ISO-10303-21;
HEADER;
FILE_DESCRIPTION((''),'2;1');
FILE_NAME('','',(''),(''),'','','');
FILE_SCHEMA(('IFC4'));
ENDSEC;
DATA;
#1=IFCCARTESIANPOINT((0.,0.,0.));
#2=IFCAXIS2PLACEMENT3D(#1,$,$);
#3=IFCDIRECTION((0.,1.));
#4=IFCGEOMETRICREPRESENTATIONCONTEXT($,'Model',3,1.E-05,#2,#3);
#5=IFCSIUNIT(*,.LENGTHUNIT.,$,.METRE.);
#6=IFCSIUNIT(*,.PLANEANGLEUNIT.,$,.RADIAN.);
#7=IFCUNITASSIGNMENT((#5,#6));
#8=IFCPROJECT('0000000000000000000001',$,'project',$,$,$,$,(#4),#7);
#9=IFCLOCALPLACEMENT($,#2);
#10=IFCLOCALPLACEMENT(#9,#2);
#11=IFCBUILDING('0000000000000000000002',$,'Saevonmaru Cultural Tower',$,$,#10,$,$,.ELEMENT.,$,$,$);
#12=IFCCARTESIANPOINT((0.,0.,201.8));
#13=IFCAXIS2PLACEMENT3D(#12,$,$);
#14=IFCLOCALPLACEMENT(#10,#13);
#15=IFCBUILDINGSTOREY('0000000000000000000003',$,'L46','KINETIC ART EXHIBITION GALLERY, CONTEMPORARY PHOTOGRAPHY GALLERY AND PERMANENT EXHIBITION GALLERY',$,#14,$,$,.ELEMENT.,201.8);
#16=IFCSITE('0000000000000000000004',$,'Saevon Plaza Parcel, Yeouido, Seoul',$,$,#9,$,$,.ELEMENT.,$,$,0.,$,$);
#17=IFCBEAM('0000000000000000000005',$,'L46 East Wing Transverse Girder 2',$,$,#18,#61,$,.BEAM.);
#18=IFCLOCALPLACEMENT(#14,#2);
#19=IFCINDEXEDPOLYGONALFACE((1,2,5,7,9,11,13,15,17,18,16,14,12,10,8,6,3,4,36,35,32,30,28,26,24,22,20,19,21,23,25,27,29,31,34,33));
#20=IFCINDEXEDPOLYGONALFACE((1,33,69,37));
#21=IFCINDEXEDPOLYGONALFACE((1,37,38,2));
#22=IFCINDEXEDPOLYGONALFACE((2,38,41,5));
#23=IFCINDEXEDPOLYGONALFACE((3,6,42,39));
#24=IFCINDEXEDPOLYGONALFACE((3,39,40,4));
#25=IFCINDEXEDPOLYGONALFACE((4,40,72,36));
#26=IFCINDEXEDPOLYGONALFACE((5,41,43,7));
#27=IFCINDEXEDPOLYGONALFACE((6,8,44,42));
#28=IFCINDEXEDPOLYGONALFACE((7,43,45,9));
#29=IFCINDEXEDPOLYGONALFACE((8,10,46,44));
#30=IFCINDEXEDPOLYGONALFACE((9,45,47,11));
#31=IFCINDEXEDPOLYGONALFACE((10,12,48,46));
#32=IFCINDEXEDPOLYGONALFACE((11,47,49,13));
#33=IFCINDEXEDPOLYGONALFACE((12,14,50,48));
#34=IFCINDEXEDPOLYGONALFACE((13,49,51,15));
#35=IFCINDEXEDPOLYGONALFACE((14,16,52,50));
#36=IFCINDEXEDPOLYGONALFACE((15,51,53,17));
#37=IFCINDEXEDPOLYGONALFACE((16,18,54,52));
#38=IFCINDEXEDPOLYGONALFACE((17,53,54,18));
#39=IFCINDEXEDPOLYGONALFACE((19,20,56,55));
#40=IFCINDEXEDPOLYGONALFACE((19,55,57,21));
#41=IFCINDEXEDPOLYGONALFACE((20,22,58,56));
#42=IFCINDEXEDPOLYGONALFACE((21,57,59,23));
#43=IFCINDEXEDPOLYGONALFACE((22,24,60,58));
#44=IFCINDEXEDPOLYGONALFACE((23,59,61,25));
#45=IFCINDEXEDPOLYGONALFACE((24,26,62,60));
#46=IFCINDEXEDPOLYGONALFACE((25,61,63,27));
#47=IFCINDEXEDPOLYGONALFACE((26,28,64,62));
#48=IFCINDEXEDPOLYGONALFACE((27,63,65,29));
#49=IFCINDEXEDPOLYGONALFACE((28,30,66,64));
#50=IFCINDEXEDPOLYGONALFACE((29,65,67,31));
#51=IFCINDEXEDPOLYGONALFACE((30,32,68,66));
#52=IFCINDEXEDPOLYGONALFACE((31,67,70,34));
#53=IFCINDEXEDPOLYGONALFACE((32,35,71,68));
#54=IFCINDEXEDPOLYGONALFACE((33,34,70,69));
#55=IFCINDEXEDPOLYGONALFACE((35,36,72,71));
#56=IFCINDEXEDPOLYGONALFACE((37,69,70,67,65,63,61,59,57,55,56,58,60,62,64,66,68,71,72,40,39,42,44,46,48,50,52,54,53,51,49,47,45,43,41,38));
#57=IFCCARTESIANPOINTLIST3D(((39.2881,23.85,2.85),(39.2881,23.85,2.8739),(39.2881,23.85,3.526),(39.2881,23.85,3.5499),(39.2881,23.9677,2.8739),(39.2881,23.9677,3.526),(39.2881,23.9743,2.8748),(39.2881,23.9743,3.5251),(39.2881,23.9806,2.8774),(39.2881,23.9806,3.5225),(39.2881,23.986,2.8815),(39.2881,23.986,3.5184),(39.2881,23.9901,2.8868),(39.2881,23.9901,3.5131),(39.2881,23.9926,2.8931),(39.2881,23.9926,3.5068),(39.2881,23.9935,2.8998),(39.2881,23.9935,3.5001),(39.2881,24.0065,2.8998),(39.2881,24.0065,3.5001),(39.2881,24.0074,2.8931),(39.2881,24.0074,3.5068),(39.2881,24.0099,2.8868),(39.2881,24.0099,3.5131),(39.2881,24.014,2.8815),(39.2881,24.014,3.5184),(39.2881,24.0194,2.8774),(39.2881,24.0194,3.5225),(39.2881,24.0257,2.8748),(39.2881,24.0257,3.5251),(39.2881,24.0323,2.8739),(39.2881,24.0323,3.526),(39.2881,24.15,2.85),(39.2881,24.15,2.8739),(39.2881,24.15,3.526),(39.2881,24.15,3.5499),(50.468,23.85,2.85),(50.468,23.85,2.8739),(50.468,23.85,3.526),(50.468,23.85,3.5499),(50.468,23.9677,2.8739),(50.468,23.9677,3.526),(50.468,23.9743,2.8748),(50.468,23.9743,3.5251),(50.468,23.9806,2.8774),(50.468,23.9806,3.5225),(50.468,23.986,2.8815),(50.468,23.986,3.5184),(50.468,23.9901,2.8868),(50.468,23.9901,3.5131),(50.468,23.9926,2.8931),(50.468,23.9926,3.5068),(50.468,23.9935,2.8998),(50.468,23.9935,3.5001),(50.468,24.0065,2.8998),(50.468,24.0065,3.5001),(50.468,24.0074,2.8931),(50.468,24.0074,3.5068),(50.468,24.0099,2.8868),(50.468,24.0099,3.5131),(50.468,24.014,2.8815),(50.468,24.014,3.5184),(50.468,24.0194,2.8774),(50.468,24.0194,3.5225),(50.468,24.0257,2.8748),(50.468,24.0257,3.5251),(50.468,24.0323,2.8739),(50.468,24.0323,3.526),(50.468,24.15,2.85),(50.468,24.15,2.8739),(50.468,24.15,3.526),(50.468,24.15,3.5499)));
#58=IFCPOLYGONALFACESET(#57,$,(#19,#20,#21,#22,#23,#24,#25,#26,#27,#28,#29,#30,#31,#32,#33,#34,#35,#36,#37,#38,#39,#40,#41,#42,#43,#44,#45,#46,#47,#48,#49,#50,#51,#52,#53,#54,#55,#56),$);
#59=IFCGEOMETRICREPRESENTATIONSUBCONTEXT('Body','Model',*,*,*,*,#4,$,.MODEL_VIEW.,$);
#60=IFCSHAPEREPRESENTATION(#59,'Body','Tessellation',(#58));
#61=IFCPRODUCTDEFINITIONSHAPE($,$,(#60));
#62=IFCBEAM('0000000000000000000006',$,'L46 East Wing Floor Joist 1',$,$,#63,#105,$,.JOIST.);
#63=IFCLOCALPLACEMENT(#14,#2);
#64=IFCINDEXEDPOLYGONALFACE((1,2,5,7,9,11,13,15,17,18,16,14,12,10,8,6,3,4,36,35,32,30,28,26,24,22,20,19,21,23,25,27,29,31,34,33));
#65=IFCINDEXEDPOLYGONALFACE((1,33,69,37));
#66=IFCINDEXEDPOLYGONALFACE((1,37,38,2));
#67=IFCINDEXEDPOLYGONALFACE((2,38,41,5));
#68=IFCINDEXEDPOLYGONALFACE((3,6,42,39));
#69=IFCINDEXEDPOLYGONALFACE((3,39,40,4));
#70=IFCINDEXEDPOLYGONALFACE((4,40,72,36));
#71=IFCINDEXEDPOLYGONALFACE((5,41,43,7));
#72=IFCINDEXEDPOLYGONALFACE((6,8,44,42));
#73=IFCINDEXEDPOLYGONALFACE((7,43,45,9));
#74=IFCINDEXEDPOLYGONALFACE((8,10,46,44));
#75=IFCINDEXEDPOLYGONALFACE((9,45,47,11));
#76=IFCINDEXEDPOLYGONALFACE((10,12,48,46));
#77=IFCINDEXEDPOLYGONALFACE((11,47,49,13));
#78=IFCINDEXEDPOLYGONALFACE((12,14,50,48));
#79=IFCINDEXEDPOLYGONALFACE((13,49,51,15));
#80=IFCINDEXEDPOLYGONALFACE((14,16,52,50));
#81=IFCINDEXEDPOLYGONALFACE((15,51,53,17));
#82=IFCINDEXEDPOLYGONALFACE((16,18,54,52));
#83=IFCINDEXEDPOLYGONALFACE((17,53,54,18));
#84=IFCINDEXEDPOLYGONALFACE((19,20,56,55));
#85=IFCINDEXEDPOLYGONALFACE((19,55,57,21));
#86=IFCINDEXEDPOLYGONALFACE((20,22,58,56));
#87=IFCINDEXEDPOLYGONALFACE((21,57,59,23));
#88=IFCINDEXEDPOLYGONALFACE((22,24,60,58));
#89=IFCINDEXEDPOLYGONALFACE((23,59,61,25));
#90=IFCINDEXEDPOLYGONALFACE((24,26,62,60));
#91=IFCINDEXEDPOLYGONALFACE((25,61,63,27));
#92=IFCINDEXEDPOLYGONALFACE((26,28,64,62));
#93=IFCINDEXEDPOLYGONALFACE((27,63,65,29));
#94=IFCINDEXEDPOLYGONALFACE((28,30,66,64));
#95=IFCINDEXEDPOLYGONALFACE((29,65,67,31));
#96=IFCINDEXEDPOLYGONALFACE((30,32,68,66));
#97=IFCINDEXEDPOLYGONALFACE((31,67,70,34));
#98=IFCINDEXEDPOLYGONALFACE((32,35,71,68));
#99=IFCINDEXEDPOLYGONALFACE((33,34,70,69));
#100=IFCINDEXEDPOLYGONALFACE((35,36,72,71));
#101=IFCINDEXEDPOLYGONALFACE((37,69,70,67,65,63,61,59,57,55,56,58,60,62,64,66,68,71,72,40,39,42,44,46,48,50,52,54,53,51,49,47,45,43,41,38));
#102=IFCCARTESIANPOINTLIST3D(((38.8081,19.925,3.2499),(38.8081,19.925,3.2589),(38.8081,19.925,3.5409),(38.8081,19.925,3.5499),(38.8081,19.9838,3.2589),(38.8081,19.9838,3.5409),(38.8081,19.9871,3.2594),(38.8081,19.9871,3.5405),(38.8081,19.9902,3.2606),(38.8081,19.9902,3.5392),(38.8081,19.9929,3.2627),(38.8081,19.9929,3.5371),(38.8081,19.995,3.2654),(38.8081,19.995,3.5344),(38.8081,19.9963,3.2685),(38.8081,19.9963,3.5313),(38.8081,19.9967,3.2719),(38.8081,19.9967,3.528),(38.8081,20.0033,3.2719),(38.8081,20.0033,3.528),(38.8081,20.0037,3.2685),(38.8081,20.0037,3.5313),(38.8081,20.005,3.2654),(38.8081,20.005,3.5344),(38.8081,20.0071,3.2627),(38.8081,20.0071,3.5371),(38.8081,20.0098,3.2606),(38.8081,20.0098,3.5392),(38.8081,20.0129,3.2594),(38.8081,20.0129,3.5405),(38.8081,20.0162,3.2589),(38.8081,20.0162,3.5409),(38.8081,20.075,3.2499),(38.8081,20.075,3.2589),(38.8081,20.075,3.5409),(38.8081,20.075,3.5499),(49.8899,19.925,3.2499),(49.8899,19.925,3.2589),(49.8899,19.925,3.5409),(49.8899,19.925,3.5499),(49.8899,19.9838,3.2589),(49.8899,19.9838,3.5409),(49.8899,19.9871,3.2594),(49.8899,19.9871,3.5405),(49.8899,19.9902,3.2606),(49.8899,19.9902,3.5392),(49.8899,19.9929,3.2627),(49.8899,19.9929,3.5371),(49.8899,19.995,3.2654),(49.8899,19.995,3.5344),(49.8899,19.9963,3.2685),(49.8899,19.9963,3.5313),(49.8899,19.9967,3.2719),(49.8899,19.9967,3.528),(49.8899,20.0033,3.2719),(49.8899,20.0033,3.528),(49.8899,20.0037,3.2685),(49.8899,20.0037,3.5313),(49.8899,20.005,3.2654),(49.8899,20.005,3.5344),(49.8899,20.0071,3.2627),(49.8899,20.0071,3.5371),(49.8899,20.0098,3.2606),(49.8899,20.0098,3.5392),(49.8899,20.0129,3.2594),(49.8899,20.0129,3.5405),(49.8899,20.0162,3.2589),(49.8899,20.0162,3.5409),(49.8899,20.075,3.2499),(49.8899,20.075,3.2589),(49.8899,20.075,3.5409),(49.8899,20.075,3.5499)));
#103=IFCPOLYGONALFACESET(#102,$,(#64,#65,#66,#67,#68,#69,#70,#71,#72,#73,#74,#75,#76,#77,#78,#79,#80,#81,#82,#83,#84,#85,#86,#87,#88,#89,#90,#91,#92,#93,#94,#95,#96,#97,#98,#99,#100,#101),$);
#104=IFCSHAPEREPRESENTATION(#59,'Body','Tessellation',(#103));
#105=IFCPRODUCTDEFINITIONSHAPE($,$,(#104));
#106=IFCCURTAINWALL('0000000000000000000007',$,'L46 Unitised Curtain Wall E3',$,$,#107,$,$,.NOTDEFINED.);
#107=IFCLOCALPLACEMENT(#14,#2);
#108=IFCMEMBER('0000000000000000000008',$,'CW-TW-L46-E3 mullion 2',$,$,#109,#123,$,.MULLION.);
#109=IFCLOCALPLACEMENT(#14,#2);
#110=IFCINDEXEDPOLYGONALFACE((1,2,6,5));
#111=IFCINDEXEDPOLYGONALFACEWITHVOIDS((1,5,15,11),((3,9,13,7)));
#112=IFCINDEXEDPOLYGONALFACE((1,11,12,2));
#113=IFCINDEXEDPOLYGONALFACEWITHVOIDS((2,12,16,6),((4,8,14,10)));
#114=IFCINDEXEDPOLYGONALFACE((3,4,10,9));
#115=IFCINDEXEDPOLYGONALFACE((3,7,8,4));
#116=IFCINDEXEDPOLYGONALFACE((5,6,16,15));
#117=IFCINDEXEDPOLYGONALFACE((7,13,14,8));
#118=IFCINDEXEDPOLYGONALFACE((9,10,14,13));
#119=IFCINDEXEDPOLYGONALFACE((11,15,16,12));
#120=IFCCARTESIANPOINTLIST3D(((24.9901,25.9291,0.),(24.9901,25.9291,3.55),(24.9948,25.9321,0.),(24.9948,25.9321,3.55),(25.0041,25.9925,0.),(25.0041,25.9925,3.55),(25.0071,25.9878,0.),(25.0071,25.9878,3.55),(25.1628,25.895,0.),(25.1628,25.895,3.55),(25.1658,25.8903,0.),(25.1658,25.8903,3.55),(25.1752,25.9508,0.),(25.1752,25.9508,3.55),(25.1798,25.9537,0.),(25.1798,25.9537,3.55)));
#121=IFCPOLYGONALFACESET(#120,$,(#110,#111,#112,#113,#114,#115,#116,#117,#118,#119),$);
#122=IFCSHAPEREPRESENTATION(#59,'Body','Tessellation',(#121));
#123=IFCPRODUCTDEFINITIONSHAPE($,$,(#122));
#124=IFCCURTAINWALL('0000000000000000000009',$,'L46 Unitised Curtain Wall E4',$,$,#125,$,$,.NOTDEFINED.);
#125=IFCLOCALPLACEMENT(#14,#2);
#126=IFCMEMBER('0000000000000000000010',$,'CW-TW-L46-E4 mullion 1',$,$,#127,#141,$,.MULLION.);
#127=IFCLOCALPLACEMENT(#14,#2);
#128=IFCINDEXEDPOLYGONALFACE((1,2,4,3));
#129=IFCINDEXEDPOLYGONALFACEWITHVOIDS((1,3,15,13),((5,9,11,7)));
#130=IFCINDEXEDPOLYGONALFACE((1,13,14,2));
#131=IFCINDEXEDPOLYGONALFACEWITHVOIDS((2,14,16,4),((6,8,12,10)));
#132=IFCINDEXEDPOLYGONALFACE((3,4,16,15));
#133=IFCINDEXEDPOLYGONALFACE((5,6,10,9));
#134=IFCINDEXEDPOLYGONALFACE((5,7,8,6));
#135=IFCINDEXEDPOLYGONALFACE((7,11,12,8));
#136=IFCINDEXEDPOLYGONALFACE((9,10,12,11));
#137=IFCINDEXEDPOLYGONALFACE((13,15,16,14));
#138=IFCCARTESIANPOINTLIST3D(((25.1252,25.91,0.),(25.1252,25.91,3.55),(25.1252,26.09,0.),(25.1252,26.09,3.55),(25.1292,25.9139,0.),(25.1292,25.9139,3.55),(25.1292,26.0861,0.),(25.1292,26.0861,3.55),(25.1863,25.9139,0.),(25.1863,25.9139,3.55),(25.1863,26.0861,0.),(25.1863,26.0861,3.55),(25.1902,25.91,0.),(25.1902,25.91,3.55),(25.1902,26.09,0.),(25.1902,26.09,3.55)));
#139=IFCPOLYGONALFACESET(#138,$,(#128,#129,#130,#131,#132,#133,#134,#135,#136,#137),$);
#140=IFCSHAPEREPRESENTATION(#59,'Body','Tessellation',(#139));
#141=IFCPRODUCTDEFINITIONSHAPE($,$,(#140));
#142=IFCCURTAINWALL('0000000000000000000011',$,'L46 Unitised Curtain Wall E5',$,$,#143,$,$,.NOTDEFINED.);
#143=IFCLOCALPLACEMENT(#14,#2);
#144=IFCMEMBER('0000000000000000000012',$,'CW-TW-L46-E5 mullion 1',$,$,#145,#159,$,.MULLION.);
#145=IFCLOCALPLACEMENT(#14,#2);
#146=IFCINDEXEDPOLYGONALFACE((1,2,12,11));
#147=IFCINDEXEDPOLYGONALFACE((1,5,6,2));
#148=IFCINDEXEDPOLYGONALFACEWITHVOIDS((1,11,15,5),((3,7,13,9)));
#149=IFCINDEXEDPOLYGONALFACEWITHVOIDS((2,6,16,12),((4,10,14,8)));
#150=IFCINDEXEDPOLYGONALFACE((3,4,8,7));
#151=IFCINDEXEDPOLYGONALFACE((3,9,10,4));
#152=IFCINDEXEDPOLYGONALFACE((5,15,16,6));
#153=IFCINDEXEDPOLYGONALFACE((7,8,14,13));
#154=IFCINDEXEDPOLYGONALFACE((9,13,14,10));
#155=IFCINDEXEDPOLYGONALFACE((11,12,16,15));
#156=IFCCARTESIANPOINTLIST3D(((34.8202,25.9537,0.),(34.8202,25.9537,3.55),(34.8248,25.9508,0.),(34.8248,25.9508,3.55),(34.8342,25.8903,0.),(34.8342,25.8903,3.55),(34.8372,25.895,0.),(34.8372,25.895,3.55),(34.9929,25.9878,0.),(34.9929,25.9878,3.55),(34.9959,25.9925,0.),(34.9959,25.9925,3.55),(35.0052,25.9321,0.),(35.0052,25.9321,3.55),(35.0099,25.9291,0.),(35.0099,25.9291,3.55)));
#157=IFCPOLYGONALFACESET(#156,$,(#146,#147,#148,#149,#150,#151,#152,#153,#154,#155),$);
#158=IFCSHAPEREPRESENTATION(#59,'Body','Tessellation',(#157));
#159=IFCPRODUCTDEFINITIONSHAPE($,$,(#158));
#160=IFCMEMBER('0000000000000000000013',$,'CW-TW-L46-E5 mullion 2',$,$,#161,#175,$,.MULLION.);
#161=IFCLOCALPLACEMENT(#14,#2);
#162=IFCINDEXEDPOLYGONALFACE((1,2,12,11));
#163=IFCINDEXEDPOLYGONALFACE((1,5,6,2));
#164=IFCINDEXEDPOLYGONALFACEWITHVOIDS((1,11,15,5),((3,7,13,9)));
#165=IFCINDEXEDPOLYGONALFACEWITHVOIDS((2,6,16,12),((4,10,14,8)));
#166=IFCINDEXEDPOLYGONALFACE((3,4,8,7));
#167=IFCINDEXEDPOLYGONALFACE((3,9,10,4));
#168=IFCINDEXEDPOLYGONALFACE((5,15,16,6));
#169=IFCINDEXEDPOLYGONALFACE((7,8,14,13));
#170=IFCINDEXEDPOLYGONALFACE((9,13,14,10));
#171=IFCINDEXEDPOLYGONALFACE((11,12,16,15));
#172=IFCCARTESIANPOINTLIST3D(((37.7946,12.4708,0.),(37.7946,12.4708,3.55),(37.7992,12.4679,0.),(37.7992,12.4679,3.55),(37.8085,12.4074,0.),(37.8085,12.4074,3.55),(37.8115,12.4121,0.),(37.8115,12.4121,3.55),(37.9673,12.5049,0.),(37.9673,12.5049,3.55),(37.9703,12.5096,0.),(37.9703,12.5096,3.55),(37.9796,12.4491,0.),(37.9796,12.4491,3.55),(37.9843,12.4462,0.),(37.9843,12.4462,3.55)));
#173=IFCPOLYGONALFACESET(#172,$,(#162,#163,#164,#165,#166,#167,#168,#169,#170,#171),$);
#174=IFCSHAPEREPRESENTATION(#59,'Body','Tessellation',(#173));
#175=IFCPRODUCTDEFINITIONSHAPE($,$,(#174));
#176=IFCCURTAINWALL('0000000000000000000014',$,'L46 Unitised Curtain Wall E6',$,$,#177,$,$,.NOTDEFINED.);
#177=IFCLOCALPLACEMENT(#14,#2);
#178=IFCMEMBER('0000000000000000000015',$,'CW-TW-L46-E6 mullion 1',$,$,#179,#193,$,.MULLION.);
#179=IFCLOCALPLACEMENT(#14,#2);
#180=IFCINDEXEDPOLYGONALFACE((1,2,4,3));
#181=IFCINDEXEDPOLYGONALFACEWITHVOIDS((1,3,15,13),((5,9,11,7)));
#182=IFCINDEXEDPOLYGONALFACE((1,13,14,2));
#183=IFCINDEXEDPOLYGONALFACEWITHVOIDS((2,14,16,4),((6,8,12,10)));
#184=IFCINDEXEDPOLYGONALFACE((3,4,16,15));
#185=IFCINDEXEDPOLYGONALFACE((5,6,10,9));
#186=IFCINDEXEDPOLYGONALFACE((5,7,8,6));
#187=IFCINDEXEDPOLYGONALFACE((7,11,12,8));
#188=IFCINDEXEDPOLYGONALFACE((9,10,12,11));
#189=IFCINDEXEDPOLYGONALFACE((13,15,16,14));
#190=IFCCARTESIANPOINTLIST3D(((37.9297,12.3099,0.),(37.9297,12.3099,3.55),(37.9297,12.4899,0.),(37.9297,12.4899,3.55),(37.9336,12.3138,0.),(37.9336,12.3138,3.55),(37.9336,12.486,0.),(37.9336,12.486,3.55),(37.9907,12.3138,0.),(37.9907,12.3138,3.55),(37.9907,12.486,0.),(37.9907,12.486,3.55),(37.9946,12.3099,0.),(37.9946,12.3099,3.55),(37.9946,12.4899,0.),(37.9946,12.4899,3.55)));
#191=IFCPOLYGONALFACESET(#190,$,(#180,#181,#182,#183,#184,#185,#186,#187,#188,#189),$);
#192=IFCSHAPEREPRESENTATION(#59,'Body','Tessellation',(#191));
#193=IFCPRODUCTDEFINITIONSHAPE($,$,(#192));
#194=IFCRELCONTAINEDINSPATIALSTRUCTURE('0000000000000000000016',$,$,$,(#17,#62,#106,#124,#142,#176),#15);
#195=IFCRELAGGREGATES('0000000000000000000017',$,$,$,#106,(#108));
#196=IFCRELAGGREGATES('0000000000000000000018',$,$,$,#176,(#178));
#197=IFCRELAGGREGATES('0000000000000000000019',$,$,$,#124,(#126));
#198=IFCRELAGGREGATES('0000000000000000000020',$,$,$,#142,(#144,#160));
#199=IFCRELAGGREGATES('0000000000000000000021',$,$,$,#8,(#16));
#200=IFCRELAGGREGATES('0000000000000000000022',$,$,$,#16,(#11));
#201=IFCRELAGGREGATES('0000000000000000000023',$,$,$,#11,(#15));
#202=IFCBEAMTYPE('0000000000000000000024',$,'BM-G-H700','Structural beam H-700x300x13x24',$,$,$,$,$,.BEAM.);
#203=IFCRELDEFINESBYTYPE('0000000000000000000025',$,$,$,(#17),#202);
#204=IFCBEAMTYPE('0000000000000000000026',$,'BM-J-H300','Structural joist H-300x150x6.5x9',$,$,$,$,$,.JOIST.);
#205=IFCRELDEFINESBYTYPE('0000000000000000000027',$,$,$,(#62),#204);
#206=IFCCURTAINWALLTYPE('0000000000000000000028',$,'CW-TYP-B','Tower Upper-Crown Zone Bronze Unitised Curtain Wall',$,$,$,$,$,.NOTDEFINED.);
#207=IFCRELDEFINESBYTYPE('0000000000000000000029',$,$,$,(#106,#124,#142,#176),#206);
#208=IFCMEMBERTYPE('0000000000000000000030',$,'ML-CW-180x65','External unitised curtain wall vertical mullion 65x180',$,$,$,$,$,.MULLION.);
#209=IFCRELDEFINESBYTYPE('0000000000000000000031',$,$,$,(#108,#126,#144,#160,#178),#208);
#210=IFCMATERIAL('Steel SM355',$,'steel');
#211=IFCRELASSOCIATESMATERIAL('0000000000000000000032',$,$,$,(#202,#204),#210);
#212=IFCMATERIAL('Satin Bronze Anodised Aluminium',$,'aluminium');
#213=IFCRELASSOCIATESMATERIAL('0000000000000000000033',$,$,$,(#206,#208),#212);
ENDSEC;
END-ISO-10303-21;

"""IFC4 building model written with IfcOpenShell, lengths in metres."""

from ifc_helpers import new_model, si_unit, direction, frame, origin, origin_2d, place, context, subcontext, project, spatial, hollow_rectangle, i_section, extrude, material, material_profile, profile_set, type_object, element, aggregate, save


model = new_model("IFC4")

# Units and contexts
model_context = context("Model", 3, precision=1e-05, world=origin(), true_north=direction((0.0, 1.0)))
body_context = subcontext(model_context, "Body", "Model", "MODEL_VIEW")
ifc_project = project(units=[si_unit("LENGTHUNIT", "METRE"), si_unit("PLANEANGLEUNIT", "RADIAN")], contexts=[model_context])

# Site, building, storey
site_placement = place(None, origin())
site = spatial("IfcSite", under=ifc_project, at=site_placement, Name="Saevon Plaza Parcel, Yeouido, Seoul", CompositionType="ELEMENT", RefElevation=0.0)
building_placement = place(site_placement, origin())
building = spatial("IfcBuilding", under=site, at=building_placement, Name="Saevonmaru Cultural Tower", CompositionType="ELEMENT")
storey_placement = place(building_placement, frame((0.0, 0.0, 201.8)))
storey = spatial("IfcBuildingStorey", under=building, at=storey_placement, Name="L46", Description="KINETIC ART EXHIBITION GALLERY, CONTEMPORARY PHOTOGRAPHY GALLERY AND PERMANENT EXHIBITION GALLERY", CompositionType="ELEMENT", Elevation=201.8)

# Shared definitions
ifc_material_1 = material(Name="Steel SM355", Category="steel")

# Beams
ifc_material_profile_1 = material_profile(ifc_material_1, i_section(OverallWidth=0.3, OverallDepth=0.7, WebThickness=0.0129, FlangeThickness=0.0239, FilletRadius=0.0259, at=origin_2d()), Name="H-700x300x13x24")
ifc_profile_set_1 = profile_set([ifc_material_profile_1], Name="Steel SM355")
beam_type_1 = type_object("IfcBeamType", Name="BM-G-H700", Description="Structural beam H-700x300x13x24", PredefinedType="BEAM", material=ifc_profile_set_1)
for number, where, z_axis, x_axis, name in (
    (1, (39.2881, 24.0, 3.2), (1.0, 0.0, 0.0), (0.0, 1.0, 0.0), "L46 East Wing Transverse Girder 2"),
):
    element("IfcBeam", number, at=place(storey_placement, frame(where, z_axis=z_axis, x_axis=x_axis)), inside=storey, type_object=beam_type_1, Name=name, PredefinedType="BEAM", context=body_context, shape_type="SweptSolid", body=[
        extrude(i_section(OverallWidth=0.3, OverallDepth=0.7, WebThickness=0.0129, FlangeThickness=0.0239, FilletRadius=0.0259, at=origin_2d()), origin(), (0.0, 0.0, 1.0), 11.1799),
    ])
ifc_material_profile_2 = material_profile(ifc_material_1, i_section(OverallWidth=0.1499, OverallDepth=0.3, WebThickness=0.0066, FlangeThickness=0.009, FilletRadius=0.0129, at=origin_2d()), Name="H-300x150x6.5x9")
ifc_profile_set_2 = profile_set([ifc_material_profile_2], Name="Steel SM355")
beam_type_2 = type_object("IfcBeamType", Name="BM-J-H300", Description="Structural joist H-300x150x6.5x9", PredefinedType="JOIST", material=ifc_profile_set_2)
beam_placement = place(storey_placement, frame((38.8081, 20.0, 3.3999), z_axis=(1.0, 0.0, 0.0), x_axis=(0.0, 1.0, 0.0)))
element("IfcBeam", 2, at=beam_placement, inside=storey, type_object=beam_type_2, Name="L46 East Wing Floor Joist 1", PredefinedType="JOIST", context=body_context, shape_type="SweptSolid", body=[
    extrude(i_section(OverallWidth=0.1499, OverallDepth=0.3, WebThickness=0.0066, FlangeThickness=0.009, FilletRadius=0.0129, at=origin_2d()), origin(), (0.0, 0.0, 1.0), 11.0818),
])

# Curtain walls, members
ifc_material_2 = material(Name="Satin Bronze Anodised Aluminium", Category="aluminium")
curtain_wall_type = type_object("IfcCurtainWallType", Name="CW-TYP-B", Description="Tower Upper-Crown Zone Bronze Unitised Curtain Wall", PredefinedType="NOTDEFINED", material=ifc_material_2)
curtain_wall_1_placement = place(storey_placement, origin())
curtain_wall_1 = element("IfcCurtainWall", 3, at=curtain_wall_1_placement, inside=storey, type_object=curtain_wall_type, Name="L46 Unitised Curtain Wall E3", PredefinedType="NOTDEFINED")
ifc_material_profile_3 = material_profile(ifc_material_2, hollow_rectangle(XDim=0.0649, YDim=0.1799, WallThickness=0.0039, at=origin_2d()), Name="ALU-MULL-180x65x4")
ifc_profile_set_3 = profile_set([ifc_material_profile_3], Name="Satin Bronze Anodised Aluminium")
member_type_1 = type_object("IfcMemberType", Name="ML-CW-180x65", Description="External unitised curtain wall vertical mullion 65x180", PredefinedType="MULLION", material=ifc_profile_set_3)
member_1_placement = place(storey_placement, frame((25.085, 25.9414, 0.0), z_axis=(0.0, 0.0, 1.0), x_axis=(0.215413, 0.976523, 0.0)))
member_1 = element("IfcMember", 4, at=member_1_placement, type_object=member_type_1, Name="CW-TW-L46-E3 mullion 2", PredefinedType="MULLION", context=body_context, shape_type="SweptSolid", body=[
    extrude(hollow_rectangle(XDim=0.0649, YDim=0.1799, WallThickness=0.0039, at=origin_2d()), origin(), (0.0, 0.0, 1.0), 3.55),
])
aggregate(curtain_wall_1, [member_1])
curtain_wall_2_placement = place(storey_placement, origin())
curtain_wall_2 = element("IfcCurtainWall", 5, at=curtain_wall_2_placement, inside=storey, type_object=curtain_wall_type, Name="L46 Unitised Curtain Wall E4", PredefinedType="NOTDEFINED")
member_2_placement = place(storey_placement, frame((25.1577, 26.0, 0.0), z_axis=(0.0, 0.0, 1.0), x_axis=(1.0, 0.0, 0.0)))
member_2 = element("IfcMember", 6, at=member_2_placement, type_object=member_type_1, Name="CW-TW-L46-E4 mullion 1", PredefinedType="MULLION", context=body_context, shape_type="SweptSolid", body=[
    extrude(hollow_rectangle(XDim=0.0649, YDim=0.1799, WallThickness=0.0039, at=origin_2d()), origin(), (0.0, 0.0, 1.0), 3.55),
])

# Curtain wall, members
curtain_wall_3_placement = place(storey_placement, origin())
curtain_wall_3 = element("IfcCurtainWall", 7, at=curtain_wall_3_placement, inside=storey, type_object=curtain_wall_type, Name="L46 Unitised Curtain Wall E5", PredefinedType="NOTDEFINED")
member_3_placement = place(storey_placement, frame((34.915, 25.9414, 0.0), z_axis=(0.0, 0.0, 1.0), x_axis=(0.215413, -0.976523, 0.0)))
member_3 = element("IfcMember", 8, at=member_3_placement, type_object=member_type_1, Name="CW-TW-L46-E5 mullion 1", PredefinedType="MULLION", context=body_context, shape_type="SweptSolid", body=[
    extrude(hollow_rectangle(XDim=0.0649, YDim=0.1799, WallThickness=0.0039, at=origin_2d()), origin(), (0.0, 0.0, 1.0), 3.55),
])
member_4_placement = place(storey_placement, frame((37.8894, 12.4585, 0.0), z_axis=(0.0, 0.0, 1.0), x_axis=(0.215413, -0.976523, 0.0)))
member_4 = element("IfcMember", 9, at=member_4_placement, type_object=member_type_1, Name="CW-TW-L46-E5 mullion 2", PredefinedType="MULLION", context=body_context, shape_type="SweptSolid", body=[
    extrude(hollow_rectangle(XDim=0.0649, YDim=0.1799, WallThickness=0.0039, at=origin_2d()), origin(), (0.0, 0.0, 1.0), 3.55),
])

# Curtain wall, member
curtain_wall_4_placement = place(storey_placement, origin())
curtain_wall_4 = element("IfcCurtainWall", 10, at=curtain_wall_4_placement, inside=storey, type_object=curtain_wall_type, Name="L46 Unitised Curtain Wall E6", PredefinedType="NOTDEFINED")
member_5_placement = place(storey_placement, frame((37.9622, 12.3999, 0.0), z_axis=(0.0, 0.0, 1.0), x_axis=(1.0, 0.0, 0.0)))
member_5 = element("IfcMember", 11, at=member_5_placement, type_object=member_type_1, Name="CW-TW-L46-E6 mullion 1", PredefinedType="MULLION", context=body_context, shape_type="SweptSolid", body=[
    extrude(hollow_rectangle(XDim=0.0649, YDim=0.1799, WallThickness=0.0039, at=origin_2d()), origin(), (0.0, 0.0, 1.0), 3.55),
])

aggregate(curtain_wall_4, [member_5])

aggregate(curtain_wall_2, [member_2])
aggregate(curtain_wall_3, [member_3, member_4])

save(model, "model.ifc")
